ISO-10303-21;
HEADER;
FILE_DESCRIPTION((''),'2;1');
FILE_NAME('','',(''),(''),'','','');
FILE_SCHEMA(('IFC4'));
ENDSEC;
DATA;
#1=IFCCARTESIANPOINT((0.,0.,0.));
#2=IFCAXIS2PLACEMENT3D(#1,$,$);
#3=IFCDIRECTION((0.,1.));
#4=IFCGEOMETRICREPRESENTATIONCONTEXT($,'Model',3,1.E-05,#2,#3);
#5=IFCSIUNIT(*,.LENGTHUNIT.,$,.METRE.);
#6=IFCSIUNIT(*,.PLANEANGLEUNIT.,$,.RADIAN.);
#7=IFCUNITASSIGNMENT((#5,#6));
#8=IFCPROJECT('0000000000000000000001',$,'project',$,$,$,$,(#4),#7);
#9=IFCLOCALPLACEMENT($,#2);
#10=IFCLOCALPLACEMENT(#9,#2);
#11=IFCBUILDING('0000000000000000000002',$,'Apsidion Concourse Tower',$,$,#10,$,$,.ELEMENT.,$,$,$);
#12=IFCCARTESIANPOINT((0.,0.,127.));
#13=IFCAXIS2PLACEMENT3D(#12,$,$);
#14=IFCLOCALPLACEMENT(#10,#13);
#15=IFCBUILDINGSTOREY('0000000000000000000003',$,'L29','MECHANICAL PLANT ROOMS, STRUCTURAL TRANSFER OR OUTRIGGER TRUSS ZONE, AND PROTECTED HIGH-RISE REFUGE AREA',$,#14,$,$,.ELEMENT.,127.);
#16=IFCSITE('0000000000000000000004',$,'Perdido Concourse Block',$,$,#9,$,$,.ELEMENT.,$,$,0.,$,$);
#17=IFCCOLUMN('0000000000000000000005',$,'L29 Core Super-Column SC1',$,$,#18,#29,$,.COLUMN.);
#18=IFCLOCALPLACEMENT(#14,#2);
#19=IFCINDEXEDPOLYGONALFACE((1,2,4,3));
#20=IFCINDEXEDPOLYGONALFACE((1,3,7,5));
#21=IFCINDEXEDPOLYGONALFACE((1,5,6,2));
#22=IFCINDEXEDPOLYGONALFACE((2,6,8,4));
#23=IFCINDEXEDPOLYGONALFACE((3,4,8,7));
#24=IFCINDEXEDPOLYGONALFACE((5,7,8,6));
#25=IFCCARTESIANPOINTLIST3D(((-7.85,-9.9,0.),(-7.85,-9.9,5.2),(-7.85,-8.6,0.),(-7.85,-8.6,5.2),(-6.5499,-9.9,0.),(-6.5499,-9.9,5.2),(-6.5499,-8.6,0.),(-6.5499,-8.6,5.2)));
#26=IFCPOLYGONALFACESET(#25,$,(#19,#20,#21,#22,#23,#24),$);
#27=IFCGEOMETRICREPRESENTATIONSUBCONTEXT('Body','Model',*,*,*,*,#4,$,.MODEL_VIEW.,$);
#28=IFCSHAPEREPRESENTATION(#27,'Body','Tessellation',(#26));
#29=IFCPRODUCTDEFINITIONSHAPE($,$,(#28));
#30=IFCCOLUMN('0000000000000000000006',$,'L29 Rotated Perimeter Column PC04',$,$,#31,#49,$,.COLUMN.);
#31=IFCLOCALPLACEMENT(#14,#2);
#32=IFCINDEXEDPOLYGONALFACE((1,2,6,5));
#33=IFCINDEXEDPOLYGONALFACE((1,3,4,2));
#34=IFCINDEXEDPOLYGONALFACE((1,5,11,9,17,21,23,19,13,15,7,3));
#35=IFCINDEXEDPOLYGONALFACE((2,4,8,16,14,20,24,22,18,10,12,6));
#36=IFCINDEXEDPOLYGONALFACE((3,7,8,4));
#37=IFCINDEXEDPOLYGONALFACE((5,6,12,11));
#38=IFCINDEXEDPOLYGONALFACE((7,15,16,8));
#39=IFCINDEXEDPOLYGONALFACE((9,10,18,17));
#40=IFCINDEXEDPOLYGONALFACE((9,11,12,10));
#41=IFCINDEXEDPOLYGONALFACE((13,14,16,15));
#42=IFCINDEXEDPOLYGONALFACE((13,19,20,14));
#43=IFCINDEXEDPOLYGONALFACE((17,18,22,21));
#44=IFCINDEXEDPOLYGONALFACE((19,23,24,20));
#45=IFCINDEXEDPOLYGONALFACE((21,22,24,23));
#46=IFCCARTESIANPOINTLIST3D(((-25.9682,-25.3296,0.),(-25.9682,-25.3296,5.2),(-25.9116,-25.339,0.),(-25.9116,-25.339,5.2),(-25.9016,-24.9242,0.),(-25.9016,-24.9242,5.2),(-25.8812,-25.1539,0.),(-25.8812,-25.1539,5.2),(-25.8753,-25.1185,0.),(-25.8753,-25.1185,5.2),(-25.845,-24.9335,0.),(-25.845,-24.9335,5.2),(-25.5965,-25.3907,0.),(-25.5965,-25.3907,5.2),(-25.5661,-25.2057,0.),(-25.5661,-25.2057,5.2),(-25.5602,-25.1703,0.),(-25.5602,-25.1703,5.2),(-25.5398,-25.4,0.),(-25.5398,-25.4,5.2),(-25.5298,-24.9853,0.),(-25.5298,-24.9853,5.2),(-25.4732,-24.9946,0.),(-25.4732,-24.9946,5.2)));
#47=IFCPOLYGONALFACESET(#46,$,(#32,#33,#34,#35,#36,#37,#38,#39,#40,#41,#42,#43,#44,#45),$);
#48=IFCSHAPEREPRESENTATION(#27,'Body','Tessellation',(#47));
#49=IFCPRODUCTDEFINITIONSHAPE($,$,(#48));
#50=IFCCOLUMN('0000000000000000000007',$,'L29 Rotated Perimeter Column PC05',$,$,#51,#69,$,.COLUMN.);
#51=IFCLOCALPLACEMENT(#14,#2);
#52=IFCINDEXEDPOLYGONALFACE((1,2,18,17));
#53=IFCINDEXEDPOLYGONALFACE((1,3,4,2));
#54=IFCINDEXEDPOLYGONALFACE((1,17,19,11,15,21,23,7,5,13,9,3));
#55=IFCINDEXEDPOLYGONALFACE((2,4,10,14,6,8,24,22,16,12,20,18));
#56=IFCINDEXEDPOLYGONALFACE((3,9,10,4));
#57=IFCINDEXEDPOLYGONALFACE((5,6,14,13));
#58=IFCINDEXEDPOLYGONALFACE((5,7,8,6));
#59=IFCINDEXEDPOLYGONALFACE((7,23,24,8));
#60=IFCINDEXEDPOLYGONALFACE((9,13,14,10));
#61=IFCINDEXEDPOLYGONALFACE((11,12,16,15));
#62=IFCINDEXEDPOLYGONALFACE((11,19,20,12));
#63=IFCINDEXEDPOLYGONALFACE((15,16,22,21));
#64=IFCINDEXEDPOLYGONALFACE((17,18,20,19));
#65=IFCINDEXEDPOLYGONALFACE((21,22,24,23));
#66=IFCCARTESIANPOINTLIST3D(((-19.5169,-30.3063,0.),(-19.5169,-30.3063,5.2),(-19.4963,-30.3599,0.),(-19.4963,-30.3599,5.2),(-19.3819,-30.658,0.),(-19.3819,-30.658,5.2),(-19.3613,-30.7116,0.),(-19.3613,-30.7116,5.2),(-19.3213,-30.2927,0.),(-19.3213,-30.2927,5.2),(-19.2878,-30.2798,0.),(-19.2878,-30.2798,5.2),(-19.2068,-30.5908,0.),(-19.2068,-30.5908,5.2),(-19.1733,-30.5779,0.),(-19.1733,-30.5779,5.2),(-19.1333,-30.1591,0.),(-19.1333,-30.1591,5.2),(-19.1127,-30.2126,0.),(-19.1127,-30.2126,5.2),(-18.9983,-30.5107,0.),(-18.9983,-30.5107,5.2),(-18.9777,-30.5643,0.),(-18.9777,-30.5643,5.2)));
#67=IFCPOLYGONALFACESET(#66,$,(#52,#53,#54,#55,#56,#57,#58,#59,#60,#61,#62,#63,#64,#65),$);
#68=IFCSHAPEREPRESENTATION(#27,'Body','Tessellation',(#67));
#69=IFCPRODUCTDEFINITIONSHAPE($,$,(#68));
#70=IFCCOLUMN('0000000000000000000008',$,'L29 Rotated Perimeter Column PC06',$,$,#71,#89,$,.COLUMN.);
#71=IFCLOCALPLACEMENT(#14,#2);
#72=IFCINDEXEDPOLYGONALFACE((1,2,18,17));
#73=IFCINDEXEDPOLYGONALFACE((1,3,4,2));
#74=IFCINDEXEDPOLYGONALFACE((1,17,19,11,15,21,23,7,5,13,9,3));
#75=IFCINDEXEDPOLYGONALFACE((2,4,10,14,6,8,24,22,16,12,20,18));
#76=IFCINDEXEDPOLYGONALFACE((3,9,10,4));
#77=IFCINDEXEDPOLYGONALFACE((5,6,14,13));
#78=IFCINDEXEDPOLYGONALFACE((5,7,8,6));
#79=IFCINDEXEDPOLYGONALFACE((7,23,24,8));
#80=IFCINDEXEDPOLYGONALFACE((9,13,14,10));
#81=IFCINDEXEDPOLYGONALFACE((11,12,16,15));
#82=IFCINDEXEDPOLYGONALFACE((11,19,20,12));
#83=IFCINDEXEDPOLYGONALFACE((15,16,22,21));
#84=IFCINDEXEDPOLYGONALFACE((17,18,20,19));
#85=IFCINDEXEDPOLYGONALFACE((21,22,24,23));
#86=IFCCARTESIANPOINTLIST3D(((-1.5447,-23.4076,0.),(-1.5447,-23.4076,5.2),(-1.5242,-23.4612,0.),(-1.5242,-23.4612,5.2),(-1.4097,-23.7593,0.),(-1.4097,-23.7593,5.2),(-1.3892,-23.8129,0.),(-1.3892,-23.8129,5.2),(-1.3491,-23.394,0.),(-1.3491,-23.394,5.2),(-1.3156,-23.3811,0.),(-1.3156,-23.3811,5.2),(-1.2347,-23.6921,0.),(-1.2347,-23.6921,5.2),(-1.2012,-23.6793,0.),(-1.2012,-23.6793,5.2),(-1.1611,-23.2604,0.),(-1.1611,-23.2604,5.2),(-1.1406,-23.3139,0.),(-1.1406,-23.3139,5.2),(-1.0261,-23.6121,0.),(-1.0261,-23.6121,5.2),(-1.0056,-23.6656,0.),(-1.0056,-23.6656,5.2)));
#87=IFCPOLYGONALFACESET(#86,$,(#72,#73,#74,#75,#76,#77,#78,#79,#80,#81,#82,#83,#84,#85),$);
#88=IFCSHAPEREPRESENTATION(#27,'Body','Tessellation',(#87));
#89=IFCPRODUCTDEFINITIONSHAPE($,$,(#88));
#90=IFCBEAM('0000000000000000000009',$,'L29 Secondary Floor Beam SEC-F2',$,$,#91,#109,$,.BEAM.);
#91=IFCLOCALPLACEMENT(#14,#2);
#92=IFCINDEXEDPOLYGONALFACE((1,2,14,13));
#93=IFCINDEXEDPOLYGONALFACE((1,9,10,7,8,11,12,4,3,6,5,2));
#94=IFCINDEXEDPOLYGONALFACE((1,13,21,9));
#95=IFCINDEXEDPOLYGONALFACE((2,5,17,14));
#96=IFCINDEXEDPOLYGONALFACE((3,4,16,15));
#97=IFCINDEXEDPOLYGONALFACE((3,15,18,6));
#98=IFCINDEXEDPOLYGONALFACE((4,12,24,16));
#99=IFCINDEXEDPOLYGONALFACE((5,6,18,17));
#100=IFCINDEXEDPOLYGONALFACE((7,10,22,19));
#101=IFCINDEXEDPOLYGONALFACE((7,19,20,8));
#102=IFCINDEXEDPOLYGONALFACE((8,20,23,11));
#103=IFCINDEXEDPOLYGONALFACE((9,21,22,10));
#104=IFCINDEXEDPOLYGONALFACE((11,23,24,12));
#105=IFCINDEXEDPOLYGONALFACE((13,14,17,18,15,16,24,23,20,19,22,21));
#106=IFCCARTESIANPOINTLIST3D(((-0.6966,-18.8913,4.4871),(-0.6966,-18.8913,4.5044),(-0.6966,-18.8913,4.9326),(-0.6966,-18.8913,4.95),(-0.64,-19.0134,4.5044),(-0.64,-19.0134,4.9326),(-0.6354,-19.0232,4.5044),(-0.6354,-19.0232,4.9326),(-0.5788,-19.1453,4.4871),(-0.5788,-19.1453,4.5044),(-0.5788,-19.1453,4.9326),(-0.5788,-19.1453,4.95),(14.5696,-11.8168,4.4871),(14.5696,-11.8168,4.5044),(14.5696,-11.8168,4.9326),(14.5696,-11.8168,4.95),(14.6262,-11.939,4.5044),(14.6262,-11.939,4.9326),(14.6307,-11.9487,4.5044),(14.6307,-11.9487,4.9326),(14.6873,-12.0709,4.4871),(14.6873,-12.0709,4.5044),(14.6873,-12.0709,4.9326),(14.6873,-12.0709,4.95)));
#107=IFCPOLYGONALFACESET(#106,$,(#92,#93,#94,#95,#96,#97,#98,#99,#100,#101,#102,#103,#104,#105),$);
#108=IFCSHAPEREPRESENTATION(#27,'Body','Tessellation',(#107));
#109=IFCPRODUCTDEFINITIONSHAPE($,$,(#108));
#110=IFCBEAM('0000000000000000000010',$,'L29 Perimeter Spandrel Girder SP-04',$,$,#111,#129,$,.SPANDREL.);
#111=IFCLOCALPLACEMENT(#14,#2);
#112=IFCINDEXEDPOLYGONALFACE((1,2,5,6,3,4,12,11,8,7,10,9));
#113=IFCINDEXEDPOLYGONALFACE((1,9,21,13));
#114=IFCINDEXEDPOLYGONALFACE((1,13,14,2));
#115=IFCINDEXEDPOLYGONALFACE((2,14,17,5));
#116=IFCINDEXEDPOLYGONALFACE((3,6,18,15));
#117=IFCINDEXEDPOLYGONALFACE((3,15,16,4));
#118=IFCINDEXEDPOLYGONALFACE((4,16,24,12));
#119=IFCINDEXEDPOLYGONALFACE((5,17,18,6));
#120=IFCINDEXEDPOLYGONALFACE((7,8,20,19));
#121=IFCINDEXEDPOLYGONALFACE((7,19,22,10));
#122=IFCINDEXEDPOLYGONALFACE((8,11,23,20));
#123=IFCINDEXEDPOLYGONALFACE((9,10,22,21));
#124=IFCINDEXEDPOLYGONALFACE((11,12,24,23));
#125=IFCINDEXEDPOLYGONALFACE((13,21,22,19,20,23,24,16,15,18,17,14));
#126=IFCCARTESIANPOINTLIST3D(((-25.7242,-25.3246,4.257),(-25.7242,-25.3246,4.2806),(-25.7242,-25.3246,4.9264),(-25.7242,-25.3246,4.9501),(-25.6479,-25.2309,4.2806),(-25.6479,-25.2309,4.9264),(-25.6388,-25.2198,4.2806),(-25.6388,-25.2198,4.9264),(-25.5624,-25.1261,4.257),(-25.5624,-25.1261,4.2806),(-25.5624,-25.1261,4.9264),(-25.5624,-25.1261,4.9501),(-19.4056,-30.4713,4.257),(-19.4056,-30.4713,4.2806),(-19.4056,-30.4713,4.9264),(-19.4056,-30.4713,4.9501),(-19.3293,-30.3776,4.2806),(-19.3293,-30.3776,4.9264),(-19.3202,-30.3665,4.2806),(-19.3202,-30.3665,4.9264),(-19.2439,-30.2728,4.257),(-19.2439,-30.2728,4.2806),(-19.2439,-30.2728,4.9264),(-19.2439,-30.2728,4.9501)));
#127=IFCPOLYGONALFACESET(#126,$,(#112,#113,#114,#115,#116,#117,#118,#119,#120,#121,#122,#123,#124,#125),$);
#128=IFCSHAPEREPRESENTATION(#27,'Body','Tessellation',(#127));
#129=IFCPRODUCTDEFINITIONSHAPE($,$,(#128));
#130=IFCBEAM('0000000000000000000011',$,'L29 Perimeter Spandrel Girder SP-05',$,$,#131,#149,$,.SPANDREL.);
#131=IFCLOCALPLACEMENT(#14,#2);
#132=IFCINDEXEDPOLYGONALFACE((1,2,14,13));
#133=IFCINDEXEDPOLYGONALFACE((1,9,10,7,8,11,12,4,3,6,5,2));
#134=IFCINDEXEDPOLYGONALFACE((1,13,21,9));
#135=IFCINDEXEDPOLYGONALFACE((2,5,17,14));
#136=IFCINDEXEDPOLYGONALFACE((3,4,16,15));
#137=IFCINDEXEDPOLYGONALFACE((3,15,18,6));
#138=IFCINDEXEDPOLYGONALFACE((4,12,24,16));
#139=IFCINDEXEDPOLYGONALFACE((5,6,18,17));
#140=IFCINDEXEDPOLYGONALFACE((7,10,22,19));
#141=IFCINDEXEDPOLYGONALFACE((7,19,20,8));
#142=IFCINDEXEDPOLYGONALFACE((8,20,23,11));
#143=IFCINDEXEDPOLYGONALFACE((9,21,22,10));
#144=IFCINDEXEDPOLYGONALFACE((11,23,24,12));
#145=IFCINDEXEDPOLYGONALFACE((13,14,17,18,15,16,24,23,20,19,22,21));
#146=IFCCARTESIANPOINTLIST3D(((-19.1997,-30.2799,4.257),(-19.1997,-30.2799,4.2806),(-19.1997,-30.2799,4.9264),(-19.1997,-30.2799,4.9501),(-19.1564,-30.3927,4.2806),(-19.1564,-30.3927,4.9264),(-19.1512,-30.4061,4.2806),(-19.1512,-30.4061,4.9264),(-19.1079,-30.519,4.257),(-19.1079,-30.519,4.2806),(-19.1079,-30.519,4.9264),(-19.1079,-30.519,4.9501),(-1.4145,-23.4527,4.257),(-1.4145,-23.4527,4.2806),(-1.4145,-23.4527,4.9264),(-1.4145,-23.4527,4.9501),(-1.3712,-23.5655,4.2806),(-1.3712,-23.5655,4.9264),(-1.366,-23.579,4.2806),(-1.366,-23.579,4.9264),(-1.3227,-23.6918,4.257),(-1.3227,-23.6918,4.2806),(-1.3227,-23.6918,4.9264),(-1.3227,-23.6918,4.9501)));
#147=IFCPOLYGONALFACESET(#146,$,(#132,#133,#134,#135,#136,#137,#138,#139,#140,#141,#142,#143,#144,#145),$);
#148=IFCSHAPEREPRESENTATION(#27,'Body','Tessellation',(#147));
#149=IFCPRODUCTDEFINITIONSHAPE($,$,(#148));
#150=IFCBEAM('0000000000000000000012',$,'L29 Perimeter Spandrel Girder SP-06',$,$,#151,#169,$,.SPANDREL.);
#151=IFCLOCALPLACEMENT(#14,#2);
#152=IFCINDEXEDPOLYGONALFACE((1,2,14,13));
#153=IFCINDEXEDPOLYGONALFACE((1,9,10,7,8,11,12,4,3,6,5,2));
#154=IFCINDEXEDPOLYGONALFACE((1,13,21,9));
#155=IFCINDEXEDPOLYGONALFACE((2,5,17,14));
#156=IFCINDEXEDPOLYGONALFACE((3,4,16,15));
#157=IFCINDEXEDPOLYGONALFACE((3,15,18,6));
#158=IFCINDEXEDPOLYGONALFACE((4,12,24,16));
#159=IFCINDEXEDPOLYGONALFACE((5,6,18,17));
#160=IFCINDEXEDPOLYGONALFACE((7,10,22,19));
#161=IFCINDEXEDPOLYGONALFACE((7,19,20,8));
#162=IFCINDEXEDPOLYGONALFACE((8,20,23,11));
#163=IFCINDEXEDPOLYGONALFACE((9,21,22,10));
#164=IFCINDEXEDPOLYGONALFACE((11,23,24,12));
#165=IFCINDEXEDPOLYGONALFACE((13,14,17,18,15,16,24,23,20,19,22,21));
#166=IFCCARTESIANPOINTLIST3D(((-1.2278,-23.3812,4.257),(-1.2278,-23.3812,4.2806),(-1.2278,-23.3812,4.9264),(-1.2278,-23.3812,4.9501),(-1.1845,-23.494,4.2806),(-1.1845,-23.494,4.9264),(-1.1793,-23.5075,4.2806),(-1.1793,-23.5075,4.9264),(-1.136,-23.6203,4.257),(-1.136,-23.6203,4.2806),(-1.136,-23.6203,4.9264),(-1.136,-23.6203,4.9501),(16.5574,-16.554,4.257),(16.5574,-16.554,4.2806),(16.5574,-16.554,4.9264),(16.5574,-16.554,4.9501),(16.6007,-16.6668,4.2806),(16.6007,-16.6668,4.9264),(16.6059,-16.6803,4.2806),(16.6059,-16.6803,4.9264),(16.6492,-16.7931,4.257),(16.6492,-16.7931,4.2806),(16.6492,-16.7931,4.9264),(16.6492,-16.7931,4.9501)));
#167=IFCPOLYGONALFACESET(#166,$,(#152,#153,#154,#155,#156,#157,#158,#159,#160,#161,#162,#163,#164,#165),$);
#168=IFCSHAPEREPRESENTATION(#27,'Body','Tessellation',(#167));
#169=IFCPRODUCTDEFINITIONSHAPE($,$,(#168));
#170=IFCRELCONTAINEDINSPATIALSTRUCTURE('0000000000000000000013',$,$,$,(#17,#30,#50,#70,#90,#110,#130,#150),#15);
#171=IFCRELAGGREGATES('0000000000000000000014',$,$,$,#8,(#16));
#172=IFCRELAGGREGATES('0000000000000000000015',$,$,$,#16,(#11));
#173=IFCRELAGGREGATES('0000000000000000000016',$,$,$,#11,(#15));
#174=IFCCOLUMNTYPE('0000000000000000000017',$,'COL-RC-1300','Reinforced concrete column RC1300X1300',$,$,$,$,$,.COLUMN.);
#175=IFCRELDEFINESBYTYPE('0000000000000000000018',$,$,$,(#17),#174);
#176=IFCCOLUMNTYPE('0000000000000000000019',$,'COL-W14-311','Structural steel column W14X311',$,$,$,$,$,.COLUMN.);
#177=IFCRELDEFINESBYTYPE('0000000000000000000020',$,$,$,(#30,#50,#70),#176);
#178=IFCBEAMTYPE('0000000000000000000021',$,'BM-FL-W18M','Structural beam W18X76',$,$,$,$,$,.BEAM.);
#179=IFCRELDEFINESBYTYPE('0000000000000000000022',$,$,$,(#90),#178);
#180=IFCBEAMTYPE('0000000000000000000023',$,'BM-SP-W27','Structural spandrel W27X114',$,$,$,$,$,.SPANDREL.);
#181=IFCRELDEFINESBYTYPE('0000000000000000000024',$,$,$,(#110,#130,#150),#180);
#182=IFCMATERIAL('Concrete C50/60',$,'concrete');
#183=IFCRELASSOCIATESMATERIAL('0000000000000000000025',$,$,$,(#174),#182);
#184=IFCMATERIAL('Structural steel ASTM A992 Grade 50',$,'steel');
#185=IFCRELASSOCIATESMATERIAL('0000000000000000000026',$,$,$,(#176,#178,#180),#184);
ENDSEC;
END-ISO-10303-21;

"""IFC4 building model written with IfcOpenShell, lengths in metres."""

from ifc_helpers import new_model, si_unit, direction, frame, origin, origin_2d, place, context, subcontext, project, spatial, rectangle, i_section, extrude, material, material_profile, profile_set, type_object, element, save


model = new_model("IFC4")

# Units and contexts
model_context = context("Model", 3, precision=1e-05, world=origin(), true_north=direction((0.0, 1.0)))
body_context = subcontext(model_context, "Body", "Model", "MODEL_VIEW")
ifc_project = project(units=[si_unit("LENGTHUNIT", "METRE"), si_unit("PLANEANGLEUNIT", "RADIAN")], contexts=[model_context])

# Site, building, storey
site_placement = place(None, origin())
site = spatial("IfcSite", under=ifc_project, at=site_placement, Name="Perdido Concourse Block", CompositionType="ELEMENT", RefElevation=0.0)
building_placement = place(site_placement, origin())
building = spatial("IfcBuilding", under=site, at=building_placement, Name="Apsidion Concourse Tower", CompositionType="ELEMENT")
storey_placement = place(building_placement, frame((0.0, 0.0, 127.0)))
storey = spatial("IfcBuildingStorey", under=building, at=storey_placement, Name="L29", Description="MECHANICAL PLANT ROOMS, STRUCTURAL TRANSFER OR OUTRIGGER TRUSS ZONE, AND PROTECTED HIGH-RISE REFUGE AREA", CompositionType="ELEMENT", Elevation=127.0)

# Columns
ifc_material_1 = material(Name="Concrete C50/60", Category="concrete")
ifc_material_profile_1 = material_profile(ifc_material_1, rectangle(XDim=1.3, YDim=1.3, at=origin_2d()), Name="RC 1300x1300")
ifc_profile_set_1 = profile_set([ifc_material_profile_1], Name="Concrete C50/60")
column_type_1 = type_object("IfcColumnType", Name="COL-RC-1300", Description="Reinforced concrete column RC1300X1300", PredefinedType="COLUMN", material=ifc_profile_set_1)
column_placement = place(storey_placement, frame((-7.2, -9.25, 0.0), z_axis=(0.0, 0.0, 1.0), x_axis=(1.0, 0.0, 0.0)))
element("IfcColumn", 1, at=column_placement, inside=storey, type_object=column_type_1, Name="L29 Core Super-Column SC1", PredefinedType="COLUMN", context=body_context, shape_type="SweptSolid", body=[
    extrude(rectangle(XDim=1.3, YDim=1.3, at=origin_2d()), origin(), (0.0, 0.0, 1.0), 5.2),
])
ifc_material_2 = material(Name="Structural steel ASTM A992 Grade 50", Category="steel")
ifc_material_profile_2 = material_profile(ifc_material_2, i_section(OverallWidth=0.4109, OverallDepth=0.4341, WebThickness=0.0359, FlangeThickness=0.0574, at=origin_2d()), Name="W14X311")
ifc_profile_set_2 = profile_set([ifc_material_profile_2], Name="Structural steel ASTM A992 Grade 50")
column_type_2 = type_object("IfcColumnType", Name="COL-W14-311", Description="Structural steel column W14X311", PredefinedType="COLUMN", material=ifc_profile_set_2)
for number, where, z_axis, x_axis, name in (
    (2, (-25.7207, -25.1621, 0.0), (0.0, 0.0, 1.0), (0.162121, 0.986771, 0.0), "L29 Rotated Perimeter Column PC04"),
    (3, (-19.2473, -30.4353, 0.0), (0.0, 0.0, 1.0), (0.93358, 0.358368, 0.0), "L29 Rotated Perimeter Column PC05"),
    (4, (-1.2751, -23.5366, 0.0), (0.0, 0.0, 1.0), (0.93358, 0.358368, 0.0), "L29 Rotated Perimeter Column PC06"),
):
    element("IfcColumn", number, at=place(storey_placement, frame(where, z_axis=z_axis, x_axis=x_axis)), inside=storey, type_object=column_type_2, Name=name, PredefinedType="COLUMN", context=body_context, shape_type="SweptSolid", body=[
        extrude(i_section(OverallWidth=0.4109, OverallDepth=0.4341, WebThickness=0.0359, FlangeThickness=0.0574, at=origin_2d()), origin(), (0.0, 0.0, 1.0), 5.2),
    ])

# Beams
ifc_material_profile_3 = material_profile(ifc_material_2, i_section(OverallWidth=0.28, OverallDepth=0.4629, WebThickness=0.0107, FlangeThickness=0.0173, at=origin_2d()), Name="W18X76")
ifc_profile_set_3 = profile_set([ifc_material_profile_3], Name="Structural steel ASTM A992 Grade 50")
beam_type_1 = type_object("IfcBeamType", Name="BM-FL-W18M", Description="Structural beam W18X76", PredefinedType="BEAM", material=ifc_profile_set_3)
beam_1_placement = place(storey_placement, frame((-0.6377, -19.0183, 4.7185), z_axis=(0.907312, 0.420457, 0.0), x_axis=(-0.420457, 0.907312, 0.0)))
element("IfcBeam", 5, at=beam_1_placement, inside=storey, type_object=beam_type_1, Name="L29 Secondary Floor Beam SEC-F2", PredefinedType="BEAM", context=body_context, shape_type="SweptSolid", body=[
    extrude(i_section(OverallWidth=0.28, OverallDepth=0.4629, WebThickness=0.0107, FlangeThickness=0.0173, at=origin_2d()), origin(), (0.0, 0.0, 1.0), 16.8257),
])
ifc_material_profile_4 = material_profile(ifc_material_2, i_section(OverallWidth=0.2561, OverallDepth=0.6931, WebThickness=0.0144, FlangeThickness=0.0237, at=origin_2d()), Name="W27X114")
ifc_profile_set_4 = profile_set([ifc_material_profile_4], Name="Structural steel ASTM A992 Grade 50")
beam_type_2 = type_object("IfcBeamType", Name="BM-SP-W27", Description="Structural spandrel W27X114", PredefinedType="SPANDREL", material=ifc_profile_set_4)
beam_2_placement = place(storey_placement, frame((-25.6433, -25.2253, 4.6035), z_axis=(0.775341, -0.631543, 0.0), x_axis=(0.631543, 0.775341, 0.0)))
element("IfcBeam", 6, at=beam_2_placement, inside=storey, type_object=beam_type_2, Name="L29 Perimeter Spandrel Girder SP-04", PredefinedType="SPANDREL", context=body_context, shape_type="SweptSolid", body=[
    extrude(i_section(OverallWidth=0.2561, OverallDepth=0.6931, WebThickness=0.0144, FlangeThickness=0.0237, at=origin_2d()), origin(), (0.0, 0.0, 1.0), 8.1494),
])
for number, where, z_axis, x_axis, name in (
    (7, (-19.1538, -30.3994, 4.6035), (0.933579, 0.358371, 0.0), (-0.358371, 0.933579, 0.0), "L29 Perimeter Spandrel Girder SP-05"),
    (8, (-1.1819, -23.5007, 4.6035), (0.933579, 0.358371, 0.0), (-0.358371, 0.933579, 0.0), "L29 Perimeter Spandrel Girder SP-06"),
):
    element("IfcBeam", number, at=place(storey_placement, frame(where, z_axis=z_axis, x_axis=x_axis)), inside=storey, type_object=beam_type_2, Name=name, PredefinedType="SPANDREL", context=body_context, shape_type="SweptSolid", body=[
        extrude(i_section(OverallWidth=0.2561, OverallDepth=0.6931, WebThickness=0.0144, FlangeThickness=0.0237, at=origin_2d()), origin(), (0.0, 0.0, 1.0), 19.0505),
    ])

save(model, "model.ifc")
